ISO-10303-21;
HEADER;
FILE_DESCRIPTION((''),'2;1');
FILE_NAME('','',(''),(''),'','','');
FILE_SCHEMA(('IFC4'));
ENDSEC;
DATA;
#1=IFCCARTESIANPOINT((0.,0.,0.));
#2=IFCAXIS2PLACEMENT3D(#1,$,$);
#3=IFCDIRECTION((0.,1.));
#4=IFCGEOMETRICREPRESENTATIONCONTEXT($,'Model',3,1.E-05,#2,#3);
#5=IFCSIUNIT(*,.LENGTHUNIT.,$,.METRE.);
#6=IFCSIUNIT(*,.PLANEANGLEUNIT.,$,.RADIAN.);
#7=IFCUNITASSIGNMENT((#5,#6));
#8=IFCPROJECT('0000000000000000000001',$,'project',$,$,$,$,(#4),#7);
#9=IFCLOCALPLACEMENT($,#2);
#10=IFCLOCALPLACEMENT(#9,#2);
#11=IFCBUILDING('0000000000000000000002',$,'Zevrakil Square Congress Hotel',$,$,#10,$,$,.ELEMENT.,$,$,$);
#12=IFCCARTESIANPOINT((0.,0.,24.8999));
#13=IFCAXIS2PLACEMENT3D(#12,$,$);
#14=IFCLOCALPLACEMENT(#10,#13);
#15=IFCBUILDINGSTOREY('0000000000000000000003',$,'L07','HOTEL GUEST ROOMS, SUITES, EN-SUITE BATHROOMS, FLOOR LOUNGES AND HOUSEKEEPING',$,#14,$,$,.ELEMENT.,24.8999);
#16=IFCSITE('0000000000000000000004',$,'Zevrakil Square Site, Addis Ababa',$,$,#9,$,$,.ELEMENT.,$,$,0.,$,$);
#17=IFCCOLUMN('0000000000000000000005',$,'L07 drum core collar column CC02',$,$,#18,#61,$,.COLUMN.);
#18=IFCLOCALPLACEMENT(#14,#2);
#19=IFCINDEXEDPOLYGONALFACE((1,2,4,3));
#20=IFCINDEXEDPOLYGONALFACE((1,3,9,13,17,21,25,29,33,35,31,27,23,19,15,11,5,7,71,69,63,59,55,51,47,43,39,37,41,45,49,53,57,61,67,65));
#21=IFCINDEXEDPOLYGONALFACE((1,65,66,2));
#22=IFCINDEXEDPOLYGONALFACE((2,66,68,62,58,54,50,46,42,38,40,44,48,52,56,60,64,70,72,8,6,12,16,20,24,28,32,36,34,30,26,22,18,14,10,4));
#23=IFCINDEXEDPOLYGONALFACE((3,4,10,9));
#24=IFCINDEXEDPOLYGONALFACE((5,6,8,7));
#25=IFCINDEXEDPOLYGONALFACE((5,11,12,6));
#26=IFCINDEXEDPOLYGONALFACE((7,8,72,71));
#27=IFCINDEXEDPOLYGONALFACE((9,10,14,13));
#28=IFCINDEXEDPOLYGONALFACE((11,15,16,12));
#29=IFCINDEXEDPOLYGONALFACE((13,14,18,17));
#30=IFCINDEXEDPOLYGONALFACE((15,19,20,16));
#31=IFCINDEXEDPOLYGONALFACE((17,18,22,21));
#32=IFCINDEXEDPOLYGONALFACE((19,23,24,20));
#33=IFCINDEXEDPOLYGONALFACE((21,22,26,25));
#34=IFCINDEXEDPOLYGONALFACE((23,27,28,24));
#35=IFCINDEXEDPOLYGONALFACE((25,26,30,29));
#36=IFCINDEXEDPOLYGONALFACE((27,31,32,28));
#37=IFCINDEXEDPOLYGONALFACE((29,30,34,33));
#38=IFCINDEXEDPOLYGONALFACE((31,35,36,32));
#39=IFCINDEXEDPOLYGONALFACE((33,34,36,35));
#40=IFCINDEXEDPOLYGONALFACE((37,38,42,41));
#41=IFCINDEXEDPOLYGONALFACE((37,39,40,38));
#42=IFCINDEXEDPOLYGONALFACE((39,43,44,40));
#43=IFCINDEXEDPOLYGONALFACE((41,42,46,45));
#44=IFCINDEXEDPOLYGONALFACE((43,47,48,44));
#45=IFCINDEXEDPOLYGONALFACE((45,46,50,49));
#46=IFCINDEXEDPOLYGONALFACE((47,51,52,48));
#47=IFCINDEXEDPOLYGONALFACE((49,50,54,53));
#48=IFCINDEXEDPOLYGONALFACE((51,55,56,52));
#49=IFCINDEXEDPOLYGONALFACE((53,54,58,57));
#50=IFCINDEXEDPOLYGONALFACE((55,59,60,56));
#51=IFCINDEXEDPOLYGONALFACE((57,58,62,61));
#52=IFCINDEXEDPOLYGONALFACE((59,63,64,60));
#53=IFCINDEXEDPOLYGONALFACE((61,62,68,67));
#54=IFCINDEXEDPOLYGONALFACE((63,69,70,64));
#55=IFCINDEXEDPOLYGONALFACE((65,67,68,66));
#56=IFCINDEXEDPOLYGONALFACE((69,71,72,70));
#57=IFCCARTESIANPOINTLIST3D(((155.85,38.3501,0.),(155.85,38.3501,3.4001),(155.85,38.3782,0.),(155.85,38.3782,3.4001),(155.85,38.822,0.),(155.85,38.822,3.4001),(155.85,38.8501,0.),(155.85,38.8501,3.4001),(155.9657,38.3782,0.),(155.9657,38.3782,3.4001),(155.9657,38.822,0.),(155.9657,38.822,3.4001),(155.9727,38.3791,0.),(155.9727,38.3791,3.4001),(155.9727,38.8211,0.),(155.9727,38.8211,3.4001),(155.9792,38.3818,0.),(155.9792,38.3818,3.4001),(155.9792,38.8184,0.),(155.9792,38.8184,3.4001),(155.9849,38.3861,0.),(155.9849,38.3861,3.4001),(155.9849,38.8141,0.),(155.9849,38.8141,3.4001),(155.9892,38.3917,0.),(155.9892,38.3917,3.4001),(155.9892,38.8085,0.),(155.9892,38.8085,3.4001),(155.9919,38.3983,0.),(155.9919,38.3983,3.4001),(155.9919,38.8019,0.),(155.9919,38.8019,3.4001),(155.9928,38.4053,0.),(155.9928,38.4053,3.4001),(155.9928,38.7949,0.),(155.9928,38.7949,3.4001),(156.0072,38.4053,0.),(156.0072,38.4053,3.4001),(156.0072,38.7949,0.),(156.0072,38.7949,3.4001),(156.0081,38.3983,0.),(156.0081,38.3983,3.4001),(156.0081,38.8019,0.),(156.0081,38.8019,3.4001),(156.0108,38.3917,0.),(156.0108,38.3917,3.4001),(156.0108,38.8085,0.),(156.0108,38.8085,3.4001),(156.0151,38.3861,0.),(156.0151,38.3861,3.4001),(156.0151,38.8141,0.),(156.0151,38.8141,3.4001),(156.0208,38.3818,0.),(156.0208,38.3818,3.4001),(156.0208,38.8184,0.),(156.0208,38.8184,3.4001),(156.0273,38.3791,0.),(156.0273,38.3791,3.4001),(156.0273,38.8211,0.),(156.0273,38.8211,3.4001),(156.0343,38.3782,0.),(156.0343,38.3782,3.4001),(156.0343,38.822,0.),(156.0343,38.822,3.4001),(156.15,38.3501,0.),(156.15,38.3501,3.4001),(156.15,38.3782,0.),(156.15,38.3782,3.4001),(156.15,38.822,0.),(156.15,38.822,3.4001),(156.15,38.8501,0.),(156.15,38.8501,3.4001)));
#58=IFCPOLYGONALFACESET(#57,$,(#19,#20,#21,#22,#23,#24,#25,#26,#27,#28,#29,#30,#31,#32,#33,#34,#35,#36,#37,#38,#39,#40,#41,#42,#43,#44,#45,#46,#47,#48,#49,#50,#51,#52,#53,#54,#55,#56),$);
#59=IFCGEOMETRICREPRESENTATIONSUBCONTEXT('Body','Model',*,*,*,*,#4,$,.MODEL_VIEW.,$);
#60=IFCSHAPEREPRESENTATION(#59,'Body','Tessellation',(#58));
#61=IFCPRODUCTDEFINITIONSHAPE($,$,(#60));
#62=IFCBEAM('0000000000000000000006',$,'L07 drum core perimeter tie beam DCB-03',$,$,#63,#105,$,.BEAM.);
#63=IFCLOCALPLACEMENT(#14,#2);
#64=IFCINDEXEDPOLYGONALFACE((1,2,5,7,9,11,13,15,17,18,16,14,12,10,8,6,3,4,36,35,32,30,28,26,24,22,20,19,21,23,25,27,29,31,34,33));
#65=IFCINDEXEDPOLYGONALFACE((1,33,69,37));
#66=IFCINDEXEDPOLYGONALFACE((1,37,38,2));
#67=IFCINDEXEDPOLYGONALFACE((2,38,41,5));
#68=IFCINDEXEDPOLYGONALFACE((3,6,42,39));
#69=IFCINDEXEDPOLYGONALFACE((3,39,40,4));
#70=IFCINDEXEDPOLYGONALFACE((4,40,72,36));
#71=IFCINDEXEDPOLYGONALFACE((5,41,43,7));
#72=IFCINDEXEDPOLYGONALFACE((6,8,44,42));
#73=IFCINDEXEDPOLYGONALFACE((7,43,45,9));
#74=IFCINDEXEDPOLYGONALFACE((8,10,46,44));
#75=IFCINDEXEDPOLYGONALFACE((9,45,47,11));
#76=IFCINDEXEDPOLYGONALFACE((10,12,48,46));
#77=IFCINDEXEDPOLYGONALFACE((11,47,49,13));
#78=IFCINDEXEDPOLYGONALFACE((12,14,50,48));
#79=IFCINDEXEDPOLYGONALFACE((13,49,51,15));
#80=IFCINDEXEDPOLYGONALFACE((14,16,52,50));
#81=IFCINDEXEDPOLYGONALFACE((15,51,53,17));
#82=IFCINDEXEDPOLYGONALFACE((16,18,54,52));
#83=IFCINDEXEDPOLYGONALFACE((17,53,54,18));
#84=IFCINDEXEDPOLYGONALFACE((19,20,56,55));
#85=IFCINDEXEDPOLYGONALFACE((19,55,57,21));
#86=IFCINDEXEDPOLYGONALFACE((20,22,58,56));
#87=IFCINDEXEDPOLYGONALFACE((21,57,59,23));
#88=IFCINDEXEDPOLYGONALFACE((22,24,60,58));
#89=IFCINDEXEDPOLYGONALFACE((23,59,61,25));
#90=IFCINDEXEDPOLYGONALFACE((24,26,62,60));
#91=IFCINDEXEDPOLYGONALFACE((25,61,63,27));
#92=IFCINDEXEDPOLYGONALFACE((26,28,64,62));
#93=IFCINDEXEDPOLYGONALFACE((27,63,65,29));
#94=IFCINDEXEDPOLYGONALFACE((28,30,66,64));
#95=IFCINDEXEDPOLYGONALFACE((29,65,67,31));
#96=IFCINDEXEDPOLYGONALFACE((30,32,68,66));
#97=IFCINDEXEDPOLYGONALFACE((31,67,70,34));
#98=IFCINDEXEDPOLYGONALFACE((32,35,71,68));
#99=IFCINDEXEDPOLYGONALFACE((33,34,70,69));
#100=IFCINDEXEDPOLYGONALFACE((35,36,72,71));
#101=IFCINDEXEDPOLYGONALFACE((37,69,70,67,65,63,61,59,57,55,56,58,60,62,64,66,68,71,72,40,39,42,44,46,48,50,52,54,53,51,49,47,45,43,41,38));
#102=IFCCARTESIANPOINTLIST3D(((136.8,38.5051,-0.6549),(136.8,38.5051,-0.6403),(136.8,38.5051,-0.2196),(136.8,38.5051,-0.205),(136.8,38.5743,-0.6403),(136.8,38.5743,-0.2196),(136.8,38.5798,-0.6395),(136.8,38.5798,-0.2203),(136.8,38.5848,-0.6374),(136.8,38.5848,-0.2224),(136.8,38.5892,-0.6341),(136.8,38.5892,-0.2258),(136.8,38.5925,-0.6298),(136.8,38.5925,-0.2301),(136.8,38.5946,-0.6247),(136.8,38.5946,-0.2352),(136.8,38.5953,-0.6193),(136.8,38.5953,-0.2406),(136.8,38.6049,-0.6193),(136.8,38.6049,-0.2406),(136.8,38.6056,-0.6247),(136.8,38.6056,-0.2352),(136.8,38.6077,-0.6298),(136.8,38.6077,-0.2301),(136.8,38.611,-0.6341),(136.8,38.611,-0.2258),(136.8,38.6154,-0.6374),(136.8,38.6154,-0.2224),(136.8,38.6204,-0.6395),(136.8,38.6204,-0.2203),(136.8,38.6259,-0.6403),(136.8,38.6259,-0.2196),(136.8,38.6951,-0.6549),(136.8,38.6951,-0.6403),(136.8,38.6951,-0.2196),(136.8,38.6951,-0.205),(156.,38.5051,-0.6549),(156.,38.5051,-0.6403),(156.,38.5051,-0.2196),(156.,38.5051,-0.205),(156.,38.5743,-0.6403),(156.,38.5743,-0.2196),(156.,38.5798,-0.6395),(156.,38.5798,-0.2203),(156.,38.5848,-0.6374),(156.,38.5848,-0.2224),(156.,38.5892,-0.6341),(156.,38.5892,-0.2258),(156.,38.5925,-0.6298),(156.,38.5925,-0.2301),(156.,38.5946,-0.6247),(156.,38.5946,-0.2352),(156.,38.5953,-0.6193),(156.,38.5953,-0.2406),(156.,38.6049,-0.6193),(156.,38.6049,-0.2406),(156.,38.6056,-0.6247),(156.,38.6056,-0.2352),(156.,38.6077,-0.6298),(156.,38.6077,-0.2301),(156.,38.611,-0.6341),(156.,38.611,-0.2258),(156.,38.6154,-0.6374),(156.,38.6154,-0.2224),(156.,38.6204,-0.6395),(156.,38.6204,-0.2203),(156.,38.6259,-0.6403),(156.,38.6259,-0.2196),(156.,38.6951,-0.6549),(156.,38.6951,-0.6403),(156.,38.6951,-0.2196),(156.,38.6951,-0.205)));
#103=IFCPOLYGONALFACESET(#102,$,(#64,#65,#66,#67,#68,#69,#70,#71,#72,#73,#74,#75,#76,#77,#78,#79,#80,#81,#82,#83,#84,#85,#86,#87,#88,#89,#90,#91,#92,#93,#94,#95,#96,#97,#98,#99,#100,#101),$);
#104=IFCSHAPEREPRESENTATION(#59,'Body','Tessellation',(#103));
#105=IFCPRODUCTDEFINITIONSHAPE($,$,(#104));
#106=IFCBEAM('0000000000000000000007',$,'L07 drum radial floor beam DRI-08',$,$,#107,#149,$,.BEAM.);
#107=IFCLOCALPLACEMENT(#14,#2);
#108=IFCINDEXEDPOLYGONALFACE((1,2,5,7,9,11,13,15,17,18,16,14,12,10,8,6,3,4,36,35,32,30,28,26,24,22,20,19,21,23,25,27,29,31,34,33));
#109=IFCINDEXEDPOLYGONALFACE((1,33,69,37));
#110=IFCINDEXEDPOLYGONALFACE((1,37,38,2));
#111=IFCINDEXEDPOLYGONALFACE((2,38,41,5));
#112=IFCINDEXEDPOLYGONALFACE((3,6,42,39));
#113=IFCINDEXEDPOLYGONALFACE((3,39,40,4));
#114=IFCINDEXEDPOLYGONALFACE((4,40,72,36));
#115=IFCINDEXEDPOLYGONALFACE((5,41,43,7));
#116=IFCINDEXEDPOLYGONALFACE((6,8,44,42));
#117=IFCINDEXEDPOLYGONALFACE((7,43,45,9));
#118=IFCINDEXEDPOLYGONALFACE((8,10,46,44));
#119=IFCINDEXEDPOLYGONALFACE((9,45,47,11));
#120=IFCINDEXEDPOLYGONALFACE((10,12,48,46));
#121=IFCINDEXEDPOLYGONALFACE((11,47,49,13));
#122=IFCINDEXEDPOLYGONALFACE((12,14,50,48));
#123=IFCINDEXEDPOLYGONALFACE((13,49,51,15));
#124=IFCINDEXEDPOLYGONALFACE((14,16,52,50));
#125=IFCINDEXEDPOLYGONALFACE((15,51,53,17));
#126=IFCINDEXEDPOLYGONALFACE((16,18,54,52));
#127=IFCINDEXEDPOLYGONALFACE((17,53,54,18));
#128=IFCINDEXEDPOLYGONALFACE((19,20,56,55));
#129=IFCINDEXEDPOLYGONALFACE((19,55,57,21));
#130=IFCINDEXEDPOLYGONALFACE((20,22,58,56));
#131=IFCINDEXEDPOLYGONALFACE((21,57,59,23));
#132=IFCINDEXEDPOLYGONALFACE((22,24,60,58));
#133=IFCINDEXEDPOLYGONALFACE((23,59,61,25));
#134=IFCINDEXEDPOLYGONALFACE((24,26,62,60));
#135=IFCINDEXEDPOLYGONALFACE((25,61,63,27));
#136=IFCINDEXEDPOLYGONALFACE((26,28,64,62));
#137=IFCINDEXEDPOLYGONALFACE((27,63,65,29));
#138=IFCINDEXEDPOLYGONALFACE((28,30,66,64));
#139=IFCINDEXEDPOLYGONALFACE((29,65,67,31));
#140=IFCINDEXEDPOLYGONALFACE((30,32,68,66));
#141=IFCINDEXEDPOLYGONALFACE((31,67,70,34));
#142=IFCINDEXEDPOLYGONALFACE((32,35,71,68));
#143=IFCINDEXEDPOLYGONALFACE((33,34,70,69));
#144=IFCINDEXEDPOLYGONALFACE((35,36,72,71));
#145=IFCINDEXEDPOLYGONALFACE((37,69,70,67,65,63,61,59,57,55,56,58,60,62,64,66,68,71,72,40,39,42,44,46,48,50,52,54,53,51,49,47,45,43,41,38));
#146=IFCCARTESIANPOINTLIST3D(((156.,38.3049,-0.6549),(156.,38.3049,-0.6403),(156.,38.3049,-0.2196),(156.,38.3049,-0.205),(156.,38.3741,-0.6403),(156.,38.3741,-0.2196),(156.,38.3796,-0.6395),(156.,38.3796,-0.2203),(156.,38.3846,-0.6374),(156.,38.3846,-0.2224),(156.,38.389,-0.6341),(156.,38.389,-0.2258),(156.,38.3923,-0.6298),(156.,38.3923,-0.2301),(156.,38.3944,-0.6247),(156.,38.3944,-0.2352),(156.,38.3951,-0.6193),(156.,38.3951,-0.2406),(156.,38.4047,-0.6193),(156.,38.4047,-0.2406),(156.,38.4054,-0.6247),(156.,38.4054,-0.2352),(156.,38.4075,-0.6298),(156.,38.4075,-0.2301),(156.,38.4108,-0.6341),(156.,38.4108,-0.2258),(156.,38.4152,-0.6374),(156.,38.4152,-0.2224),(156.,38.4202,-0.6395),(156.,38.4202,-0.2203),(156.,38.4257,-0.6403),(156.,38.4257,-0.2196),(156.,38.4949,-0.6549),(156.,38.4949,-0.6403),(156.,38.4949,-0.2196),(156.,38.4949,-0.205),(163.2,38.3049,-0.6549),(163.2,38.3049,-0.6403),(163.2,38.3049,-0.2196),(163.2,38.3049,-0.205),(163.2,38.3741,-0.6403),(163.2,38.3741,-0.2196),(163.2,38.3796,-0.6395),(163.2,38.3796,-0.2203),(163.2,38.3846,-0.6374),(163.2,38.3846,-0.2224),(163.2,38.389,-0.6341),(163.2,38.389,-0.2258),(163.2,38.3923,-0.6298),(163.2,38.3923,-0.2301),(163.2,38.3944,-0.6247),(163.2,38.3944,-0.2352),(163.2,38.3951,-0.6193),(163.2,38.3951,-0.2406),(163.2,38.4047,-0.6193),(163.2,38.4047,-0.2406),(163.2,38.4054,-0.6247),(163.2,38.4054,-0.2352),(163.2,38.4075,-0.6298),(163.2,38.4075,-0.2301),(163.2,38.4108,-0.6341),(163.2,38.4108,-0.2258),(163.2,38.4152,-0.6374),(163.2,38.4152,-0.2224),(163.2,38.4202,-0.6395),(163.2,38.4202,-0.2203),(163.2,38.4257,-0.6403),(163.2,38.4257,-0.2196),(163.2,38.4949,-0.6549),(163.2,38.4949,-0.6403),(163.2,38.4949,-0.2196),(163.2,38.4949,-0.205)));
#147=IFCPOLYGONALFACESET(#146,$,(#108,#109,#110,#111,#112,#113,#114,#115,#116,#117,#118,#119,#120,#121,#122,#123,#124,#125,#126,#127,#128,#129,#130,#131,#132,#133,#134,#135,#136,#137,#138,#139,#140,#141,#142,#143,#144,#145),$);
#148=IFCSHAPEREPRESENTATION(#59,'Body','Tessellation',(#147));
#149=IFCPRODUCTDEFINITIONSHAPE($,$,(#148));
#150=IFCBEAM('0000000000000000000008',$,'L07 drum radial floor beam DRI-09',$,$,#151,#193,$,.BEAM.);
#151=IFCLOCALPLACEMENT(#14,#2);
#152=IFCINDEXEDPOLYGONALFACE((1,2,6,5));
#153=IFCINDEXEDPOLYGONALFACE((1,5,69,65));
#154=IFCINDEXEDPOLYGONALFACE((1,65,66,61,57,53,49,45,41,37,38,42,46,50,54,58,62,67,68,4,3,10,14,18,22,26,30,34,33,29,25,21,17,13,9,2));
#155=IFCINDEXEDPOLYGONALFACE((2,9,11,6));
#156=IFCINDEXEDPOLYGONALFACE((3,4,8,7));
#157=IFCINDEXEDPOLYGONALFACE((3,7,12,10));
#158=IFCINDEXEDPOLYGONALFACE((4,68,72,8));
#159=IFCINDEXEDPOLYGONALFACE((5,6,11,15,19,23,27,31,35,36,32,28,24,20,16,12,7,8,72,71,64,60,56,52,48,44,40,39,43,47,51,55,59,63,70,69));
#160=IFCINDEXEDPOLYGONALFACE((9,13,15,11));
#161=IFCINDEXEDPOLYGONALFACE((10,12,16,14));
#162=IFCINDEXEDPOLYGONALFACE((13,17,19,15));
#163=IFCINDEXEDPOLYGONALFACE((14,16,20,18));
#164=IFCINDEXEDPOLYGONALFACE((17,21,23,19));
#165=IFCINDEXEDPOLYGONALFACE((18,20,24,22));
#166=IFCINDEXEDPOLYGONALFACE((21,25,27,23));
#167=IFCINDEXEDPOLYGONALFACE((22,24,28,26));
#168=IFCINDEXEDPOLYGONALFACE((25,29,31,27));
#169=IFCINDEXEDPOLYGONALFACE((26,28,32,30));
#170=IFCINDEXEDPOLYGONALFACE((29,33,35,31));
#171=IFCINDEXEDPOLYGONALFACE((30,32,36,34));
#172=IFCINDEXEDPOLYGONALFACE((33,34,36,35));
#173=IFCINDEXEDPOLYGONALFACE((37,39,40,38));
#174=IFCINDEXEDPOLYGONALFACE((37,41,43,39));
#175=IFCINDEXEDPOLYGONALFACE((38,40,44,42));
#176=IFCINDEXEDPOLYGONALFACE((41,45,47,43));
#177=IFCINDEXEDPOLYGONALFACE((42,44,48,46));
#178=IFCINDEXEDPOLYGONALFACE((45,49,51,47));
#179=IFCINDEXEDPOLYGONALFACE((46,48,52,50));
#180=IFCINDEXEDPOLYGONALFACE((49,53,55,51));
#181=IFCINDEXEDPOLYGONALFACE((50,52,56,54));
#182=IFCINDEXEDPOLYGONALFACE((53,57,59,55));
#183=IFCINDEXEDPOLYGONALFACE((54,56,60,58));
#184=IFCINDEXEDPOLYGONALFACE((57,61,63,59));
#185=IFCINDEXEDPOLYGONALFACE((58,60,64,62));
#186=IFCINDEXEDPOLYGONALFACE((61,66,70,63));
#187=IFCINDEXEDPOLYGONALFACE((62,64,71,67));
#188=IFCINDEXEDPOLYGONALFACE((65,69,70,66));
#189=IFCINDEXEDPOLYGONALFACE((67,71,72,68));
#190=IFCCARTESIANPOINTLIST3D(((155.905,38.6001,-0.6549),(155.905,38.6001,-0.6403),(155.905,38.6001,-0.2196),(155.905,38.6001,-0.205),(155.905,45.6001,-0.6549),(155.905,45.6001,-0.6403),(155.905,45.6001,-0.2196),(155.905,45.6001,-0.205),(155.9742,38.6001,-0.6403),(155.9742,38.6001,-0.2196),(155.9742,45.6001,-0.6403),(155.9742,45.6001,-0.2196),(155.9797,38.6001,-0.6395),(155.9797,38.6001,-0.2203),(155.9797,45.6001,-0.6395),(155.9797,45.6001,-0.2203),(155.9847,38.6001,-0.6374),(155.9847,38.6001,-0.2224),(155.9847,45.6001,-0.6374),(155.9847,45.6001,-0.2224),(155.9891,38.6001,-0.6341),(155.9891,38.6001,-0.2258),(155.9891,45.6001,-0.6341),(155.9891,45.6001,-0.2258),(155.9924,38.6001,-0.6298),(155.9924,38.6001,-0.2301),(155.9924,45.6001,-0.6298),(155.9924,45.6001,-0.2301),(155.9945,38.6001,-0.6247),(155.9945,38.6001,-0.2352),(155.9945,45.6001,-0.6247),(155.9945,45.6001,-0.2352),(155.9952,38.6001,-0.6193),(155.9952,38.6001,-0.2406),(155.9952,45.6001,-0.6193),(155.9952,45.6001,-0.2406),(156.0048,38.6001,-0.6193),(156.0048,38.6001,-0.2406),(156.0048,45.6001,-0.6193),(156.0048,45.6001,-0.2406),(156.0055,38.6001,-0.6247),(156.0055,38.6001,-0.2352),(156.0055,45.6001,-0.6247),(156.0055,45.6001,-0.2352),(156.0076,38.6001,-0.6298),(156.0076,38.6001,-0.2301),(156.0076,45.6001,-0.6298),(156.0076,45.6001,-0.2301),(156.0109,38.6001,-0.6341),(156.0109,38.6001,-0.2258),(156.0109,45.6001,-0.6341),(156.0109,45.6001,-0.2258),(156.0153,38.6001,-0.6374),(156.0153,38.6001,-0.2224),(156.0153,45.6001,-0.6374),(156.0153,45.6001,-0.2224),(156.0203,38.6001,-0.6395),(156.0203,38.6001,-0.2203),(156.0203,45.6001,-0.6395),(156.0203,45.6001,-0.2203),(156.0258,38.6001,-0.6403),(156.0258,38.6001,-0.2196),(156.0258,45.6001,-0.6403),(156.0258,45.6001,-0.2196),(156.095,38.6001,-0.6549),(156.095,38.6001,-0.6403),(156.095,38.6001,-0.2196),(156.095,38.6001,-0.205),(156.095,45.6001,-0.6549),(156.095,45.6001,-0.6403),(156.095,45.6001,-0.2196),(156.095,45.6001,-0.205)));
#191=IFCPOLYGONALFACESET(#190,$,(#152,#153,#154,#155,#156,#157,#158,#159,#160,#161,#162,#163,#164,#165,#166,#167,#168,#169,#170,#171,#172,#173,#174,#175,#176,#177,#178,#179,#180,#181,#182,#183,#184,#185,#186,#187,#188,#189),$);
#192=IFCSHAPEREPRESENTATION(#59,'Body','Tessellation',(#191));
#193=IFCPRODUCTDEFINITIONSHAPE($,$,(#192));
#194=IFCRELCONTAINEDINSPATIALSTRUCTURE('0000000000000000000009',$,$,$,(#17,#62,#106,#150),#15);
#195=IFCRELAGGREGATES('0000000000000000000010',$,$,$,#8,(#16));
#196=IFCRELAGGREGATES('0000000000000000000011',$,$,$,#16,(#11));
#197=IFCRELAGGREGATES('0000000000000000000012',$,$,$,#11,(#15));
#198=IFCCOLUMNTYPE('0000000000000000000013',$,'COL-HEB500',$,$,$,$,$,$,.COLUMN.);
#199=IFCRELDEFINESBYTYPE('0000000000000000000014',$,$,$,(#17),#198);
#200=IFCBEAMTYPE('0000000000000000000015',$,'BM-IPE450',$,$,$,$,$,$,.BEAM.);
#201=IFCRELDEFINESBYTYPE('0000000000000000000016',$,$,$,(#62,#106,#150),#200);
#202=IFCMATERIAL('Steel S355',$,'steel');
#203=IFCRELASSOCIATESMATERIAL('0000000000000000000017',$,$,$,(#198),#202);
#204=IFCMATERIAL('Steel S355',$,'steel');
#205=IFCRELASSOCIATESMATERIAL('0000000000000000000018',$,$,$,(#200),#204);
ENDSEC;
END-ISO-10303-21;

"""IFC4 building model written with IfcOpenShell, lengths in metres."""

from ifc_helpers import new_model, si_unit, direction, frame, origin, origin_2d, place, context, subcontext, project, spatial, i_section, extrude, material, material_profile, profile_set, type_object, element, save


model = new_model("IFC4")

# Units and contexts
model_context = context("Model", 3, precision=1e-05, world=origin(), true_north=direction((0.0, 1.0)))
body_context = subcontext(model_context, "Body", "Model", "MODEL_VIEW")
ifc_project = project(units=[si_unit("LENGTHUNIT", "METRE"), si_unit("PLANEANGLEUNIT", "RADIAN")], contexts=[model_context])

# Site, building, storey
site_placement = place(None, origin())
site = spatial("IfcSite", under=ifc_project, at=site_placement, Name="Zevrakil Square Site, Addis Ababa", CompositionType="ELEMENT", RefElevation=0.0)
building_placement = place(site_placement, origin())
building = spatial("IfcBuilding", under=site, at=building_placement, Name="Zevrakil Square Congress Hotel", CompositionType="ELEMENT")
storey_placement = place(building_placement, frame((0.0, 0.0, 24.8999)))
storey = spatial("IfcBuildingStorey", under=building, at=storey_placement, Name="L07", Description="HOTEL GUEST ROOMS, SUITES, EN-SUITE BATHROOMS, FLOOR LOUNGES AND HOUSEKEEPING", CompositionType="ELEMENT", Elevation=24.8999)

# Column
ifc_material_1 = material(Name="Steel S355", Category="steel")
ifc_material_profile_1 = material_profile(ifc_material_1, i_section(OverallWidth=0.3, OverallDepth=0.5, WebThickness=0.0144, FlangeThickness=0.0281, FilletRadius=0.0271, at=origin_2d()), Name="HEB 500")
ifc_profile_set_1 = profile_set([ifc_material_profile_1], Name="Steel S355")
column_type = type_object("IfcColumnType", Name="COL-HEB500", PredefinedType="COLUMN", material=ifc_profile_set_1)
column_placement = place(storey_placement, frame((156.0, 38.6001, 0.0), z_axis=(0.0, 0.0, 1.0), x_axis=(1.0, 0.0, 0.0)))
element("IfcColumn", 1, at=column_placement, inside=storey, type_object=column_type, Name="L07 drum core collar column CC02", PredefinedType="COLUMN", context=body_context, shape_type="SweptSolid", body=[
    extrude(i_section(OverallWidth=0.3, OverallDepth=0.5, WebThickness=0.0144, FlangeThickness=0.0281, FilletRadius=0.0271, at=origin_2d()), origin(), (0.0, 0.0, 1.0), 3.4001),
])

# Beams
ifc_material_2 = material(Name="Steel S355", Category="steel")
ifc_material_profile_2 = material_profile(ifc_material_2, i_section(OverallWidth=0.1899, OverallDepth=0.45, WebThickness=0.0095, FlangeThickness=0.0146, FilletRadius=0.021, at=origin_2d()), Name="IPE 450")
ifc_profile_set_2 = profile_set([ifc_material_profile_2], Name="Steel S355")
beam_type = type_object("IfcBeamType", Name="BM-IPE450", PredefinedType="BEAM", material=ifc_profile_set_2)
beam_1_placement = place(storey_placement, frame((156.0, 38.6001, -0.4299), z_axis=(-1.0, 0.0, 0.0), x_axis=(0.0, -1.0, 0.0)))
element("IfcBeam", 2, at=beam_1_placement, inside=storey, type_object=beam_type, Name="L07 drum core perimeter tie beam DCB-03", PredefinedType="BEAM", context=body_context, shape_type="SweptSolid", body=[
    extrude(i_section(OverallWidth=0.1899, OverallDepth=0.45, WebThickness=0.0095, FlangeThickness=0.0146, FilletRadius=0.021, at=origin_2d()), origin(), (0.0, 0.0, 1.0), 19.2),
])
beam_2_placement = place(storey_placement, frame((156.0, 38.3999, -0.4299), z_axis=(1.0, 0.0, 0.0), x_axis=(0.0, 1.0, 0.0)))
element("IfcBeam", 3, at=beam_2_placement, inside=storey, type_object=beam_type, Name="L07 drum radial floor beam DRI-08", PredefinedType="BEAM", context=body_context, shape_type="SweptSolid", body=[
    extrude(i_section(OverallWidth=0.1899, OverallDepth=0.45, WebThickness=0.0095, FlangeThickness=0.0146, FilletRadius=0.021, at=origin_2d()), origin(), (0.0, 0.0, 1.0), 7.2),
])
beam_3_placement = place(storey_placement, frame((156.0, 38.6001, -0.4299), z_axis=(0.0, 1.0, 0.0), x_axis=(-1.0, 0.0, 0.0)))
element("IfcBeam", 4, at=beam_3_placement, inside=storey, type_object=beam_type, Name="L07 drum radial floor beam DRI-09", PredefinedType="BEAM", context=body_context, shape_type="SweptSolid", body=[
    extrude(i_section(OverallWidth=0.1899, OverallDepth=0.45, WebThickness=0.0095, FlangeThickness=0.0146, FilletRadius=0.021, at=origin_2d()), origin(), (0.0, 0.0, 1.0), 7.0),
])

save(model, "model.ifc")
